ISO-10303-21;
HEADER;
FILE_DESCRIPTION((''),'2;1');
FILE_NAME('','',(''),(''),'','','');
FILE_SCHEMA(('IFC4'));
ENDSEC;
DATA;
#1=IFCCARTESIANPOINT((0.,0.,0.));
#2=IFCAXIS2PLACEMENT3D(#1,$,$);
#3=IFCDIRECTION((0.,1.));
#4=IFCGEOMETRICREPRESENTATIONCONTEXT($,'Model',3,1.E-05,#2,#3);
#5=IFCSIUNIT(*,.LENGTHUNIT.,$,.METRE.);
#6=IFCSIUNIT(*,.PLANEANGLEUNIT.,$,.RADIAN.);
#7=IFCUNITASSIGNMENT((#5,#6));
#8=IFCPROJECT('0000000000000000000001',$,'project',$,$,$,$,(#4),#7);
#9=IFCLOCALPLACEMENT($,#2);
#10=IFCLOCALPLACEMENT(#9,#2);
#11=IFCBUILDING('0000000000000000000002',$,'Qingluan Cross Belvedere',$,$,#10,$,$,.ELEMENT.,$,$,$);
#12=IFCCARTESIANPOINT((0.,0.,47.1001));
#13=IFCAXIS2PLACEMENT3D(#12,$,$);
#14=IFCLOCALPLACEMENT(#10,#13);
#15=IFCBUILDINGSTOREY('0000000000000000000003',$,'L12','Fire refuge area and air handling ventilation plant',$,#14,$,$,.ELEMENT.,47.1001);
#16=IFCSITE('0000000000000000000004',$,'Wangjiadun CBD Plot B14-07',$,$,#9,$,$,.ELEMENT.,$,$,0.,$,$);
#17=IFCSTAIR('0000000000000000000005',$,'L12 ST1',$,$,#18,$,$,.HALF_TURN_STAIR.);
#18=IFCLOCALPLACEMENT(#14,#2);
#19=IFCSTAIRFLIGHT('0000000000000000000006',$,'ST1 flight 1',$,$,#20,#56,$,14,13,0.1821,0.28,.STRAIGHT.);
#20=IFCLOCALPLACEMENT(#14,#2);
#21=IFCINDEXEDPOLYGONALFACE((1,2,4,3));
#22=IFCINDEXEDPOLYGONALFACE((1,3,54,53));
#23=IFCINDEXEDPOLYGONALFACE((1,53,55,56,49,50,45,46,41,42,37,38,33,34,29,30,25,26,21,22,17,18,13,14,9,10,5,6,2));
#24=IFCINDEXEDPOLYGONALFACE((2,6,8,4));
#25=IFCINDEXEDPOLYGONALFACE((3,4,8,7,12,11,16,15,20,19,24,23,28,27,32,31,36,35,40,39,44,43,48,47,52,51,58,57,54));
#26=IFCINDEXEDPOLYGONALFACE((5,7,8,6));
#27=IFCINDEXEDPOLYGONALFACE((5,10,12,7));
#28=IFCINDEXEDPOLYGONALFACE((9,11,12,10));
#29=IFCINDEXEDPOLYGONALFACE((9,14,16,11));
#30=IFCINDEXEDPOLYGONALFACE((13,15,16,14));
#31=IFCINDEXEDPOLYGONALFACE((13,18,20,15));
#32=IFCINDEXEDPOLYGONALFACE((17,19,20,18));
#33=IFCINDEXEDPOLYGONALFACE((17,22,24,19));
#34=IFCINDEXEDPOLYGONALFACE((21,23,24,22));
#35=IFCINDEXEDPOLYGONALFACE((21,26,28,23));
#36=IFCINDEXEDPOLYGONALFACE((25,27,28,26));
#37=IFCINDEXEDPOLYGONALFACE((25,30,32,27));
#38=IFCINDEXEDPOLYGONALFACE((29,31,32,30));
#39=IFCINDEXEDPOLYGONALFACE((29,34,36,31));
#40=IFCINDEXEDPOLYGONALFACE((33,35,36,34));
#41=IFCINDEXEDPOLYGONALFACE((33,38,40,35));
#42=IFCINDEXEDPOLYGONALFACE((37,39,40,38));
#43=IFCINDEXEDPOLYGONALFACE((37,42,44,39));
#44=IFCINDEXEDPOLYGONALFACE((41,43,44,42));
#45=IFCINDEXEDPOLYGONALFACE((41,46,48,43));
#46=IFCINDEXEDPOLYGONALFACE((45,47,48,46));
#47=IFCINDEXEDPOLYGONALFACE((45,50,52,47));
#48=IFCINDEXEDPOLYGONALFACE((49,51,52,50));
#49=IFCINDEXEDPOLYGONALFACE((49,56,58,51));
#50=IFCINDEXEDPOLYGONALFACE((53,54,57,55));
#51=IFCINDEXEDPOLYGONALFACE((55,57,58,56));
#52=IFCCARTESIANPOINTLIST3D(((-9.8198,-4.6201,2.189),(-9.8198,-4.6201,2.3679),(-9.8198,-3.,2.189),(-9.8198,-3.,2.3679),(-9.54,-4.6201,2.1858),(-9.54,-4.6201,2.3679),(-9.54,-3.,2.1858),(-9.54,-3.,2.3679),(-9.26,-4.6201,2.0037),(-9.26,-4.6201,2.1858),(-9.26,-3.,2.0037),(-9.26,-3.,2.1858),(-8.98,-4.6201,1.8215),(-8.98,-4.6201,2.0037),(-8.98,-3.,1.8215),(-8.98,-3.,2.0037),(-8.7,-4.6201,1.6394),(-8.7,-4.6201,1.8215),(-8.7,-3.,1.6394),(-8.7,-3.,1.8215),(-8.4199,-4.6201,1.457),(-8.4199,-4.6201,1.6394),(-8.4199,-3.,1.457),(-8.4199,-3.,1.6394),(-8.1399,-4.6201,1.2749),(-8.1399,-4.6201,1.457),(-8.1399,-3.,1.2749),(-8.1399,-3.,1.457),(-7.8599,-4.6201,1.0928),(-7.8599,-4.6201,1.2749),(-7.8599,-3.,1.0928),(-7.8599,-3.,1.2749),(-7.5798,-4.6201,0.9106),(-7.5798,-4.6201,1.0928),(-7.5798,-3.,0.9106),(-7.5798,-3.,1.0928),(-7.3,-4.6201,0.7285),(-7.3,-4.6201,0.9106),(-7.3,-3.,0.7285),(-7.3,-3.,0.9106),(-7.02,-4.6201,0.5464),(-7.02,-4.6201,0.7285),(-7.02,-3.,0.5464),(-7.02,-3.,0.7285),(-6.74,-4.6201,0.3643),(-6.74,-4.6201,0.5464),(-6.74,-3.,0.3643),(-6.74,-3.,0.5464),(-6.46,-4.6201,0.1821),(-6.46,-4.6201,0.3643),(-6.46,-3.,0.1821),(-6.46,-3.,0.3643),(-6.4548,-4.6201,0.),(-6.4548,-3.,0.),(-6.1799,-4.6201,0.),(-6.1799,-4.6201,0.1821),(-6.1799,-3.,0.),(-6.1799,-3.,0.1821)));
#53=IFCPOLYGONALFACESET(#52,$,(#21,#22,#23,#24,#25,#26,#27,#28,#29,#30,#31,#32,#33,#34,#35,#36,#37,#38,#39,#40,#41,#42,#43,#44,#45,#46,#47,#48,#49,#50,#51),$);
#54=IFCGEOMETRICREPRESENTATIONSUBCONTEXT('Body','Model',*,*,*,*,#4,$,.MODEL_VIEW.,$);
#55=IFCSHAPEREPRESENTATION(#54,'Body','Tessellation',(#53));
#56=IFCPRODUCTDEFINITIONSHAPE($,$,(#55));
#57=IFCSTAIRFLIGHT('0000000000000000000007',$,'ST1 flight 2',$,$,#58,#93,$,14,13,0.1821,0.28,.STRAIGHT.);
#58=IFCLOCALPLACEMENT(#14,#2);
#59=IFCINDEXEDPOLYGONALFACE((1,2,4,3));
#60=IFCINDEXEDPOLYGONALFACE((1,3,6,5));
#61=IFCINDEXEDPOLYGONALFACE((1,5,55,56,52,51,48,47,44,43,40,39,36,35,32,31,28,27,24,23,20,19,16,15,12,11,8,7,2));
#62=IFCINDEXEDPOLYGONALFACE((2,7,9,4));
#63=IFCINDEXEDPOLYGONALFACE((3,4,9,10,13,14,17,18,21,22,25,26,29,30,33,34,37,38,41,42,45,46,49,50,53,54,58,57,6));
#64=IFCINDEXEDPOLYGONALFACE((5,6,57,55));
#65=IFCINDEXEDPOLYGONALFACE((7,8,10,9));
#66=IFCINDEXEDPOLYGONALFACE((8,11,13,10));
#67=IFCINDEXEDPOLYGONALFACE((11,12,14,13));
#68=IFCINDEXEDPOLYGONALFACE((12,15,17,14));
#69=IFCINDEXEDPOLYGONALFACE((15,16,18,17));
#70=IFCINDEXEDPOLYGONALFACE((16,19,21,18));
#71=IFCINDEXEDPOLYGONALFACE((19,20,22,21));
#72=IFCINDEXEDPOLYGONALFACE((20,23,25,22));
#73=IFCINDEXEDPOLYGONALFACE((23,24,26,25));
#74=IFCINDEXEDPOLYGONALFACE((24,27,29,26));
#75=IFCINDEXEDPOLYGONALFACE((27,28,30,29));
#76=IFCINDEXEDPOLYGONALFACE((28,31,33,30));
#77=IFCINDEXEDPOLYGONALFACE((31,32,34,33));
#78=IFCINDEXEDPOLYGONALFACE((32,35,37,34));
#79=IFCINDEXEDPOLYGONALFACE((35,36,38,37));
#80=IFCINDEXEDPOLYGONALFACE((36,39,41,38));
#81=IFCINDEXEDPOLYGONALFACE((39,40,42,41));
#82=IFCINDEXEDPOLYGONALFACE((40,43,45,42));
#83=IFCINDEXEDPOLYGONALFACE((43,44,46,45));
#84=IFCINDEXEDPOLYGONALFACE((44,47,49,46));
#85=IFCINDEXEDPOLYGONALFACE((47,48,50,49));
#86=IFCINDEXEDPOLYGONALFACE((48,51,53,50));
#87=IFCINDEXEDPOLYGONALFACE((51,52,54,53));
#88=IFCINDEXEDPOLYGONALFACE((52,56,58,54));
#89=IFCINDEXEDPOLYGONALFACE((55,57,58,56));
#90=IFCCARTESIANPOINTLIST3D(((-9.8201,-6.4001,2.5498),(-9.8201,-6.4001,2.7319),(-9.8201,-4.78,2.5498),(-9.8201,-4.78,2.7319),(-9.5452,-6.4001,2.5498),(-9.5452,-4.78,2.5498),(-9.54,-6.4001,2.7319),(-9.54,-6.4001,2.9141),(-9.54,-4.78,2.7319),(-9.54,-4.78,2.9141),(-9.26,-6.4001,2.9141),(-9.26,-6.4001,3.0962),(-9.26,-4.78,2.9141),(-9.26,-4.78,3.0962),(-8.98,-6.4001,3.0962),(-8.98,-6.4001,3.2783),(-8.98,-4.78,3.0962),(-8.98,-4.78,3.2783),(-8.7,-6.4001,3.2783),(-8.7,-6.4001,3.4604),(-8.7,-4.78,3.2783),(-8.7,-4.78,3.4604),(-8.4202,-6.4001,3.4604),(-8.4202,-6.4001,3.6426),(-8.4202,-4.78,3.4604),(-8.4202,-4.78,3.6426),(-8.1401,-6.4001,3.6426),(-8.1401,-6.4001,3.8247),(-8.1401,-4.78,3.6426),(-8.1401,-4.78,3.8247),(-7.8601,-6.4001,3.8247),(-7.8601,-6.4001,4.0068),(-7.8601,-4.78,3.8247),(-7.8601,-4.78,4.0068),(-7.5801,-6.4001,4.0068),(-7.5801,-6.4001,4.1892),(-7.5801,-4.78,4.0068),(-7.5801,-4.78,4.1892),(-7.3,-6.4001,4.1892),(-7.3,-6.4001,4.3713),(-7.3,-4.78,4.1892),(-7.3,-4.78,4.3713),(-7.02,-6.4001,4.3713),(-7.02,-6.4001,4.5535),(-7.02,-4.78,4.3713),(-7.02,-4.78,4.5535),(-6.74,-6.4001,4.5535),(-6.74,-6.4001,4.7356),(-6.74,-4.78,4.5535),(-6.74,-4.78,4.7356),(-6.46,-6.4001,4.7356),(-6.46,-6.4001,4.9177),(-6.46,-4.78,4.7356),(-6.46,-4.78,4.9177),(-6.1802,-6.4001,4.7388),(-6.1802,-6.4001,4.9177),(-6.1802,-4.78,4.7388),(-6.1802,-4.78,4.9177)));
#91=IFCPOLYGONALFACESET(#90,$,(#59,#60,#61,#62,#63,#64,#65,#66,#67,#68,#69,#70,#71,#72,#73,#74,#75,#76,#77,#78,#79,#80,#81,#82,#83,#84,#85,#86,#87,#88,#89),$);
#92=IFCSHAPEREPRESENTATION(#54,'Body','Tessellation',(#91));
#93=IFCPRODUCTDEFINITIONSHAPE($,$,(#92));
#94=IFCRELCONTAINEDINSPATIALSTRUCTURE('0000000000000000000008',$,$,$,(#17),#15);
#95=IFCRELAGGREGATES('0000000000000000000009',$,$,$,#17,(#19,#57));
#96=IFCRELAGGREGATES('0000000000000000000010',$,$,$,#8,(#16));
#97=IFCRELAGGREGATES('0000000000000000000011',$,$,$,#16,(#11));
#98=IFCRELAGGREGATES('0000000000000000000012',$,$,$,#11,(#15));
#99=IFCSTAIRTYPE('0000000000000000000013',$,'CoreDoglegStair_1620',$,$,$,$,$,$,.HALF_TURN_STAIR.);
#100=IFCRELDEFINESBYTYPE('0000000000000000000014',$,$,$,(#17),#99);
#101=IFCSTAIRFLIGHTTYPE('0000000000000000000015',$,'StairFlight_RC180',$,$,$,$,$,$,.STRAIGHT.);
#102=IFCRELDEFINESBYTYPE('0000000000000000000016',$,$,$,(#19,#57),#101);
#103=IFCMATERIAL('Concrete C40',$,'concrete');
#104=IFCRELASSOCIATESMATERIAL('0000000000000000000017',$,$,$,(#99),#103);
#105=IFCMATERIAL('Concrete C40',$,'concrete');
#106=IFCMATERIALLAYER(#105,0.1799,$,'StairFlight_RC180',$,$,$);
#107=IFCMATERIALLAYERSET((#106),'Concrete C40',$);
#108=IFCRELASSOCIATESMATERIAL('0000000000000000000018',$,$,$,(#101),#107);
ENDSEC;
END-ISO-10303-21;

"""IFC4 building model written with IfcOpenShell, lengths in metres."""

from ifc_helpers import new_model, si_unit, direction, frame, origin, place, context, subcontext, project, spatial, polyline, outline, extrude, material, layer, layer_set, type_object, element, aggregate, save


model = new_model("IFC4")

# Units and contexts
model_context = context("Model", 3, precision=1e-05, world=origin(), true_north=direction((0.0, 1.0)))
body_context = subcontext(model_context, "Body", "Model", "MODEL_VIEW")
ifc_project = project(units=[si_unit("LENGTHUNIT", "METRE"), si_unit("PLANEANGLEUNIT", "RADIAN")], contexts=[model_context])

# Site, building, storey
site_placement = place(None, origin())
site = spatial("IfcSite", under=ifc_project, at=site_placement, Name="Wangjiadun CBD Plot B14-07", CompositionType="ELEMENT", RefElevation=0.0)
building_placement = place(site_placement, origin())
building = spatial("IfcBuilding", under=site, at=building_placement, Name="Qingluan Cross Belvedere", CompositionType="ELEMENT")
storey_placement = place(building_placement, frame((0.0, 0.0, 47.1001)))
storey = spatial("IfcBuildingStorey", under=building, at=storey_placement, Name="L12", Description="Fire refuge area and air handling ventilation plant", CompositionType="ELEMENT", Elevation=47.1001)

# Stair, stair flights
ifc_material_1 = material(Name="Concrete C40", Category="concrete")
stair_type = type_object("IfcStairType", Name="CoreDoglegStair_1620", PredefinedType="HALF_TURN_STAIR", material=ifc_material_1)
stair_placement = place(storey_placement, origin())
stair = element("IfcStair", 1, at=stair_placement, inside=storey, type_object=stair_type, Name="L12 ST1", PredefinedType="HALF_TURN_STAIR")
ifc_material_2 = material(Name="Concrete C40", Category="concrete")
ifc_layer_1 = layer(ifc_material_2, 0.1799, Name="StairFlight_RC180")
ifc_layer_set_1 = layer_set([ifc_layer_1], Name="Concrete C40")
stair_flight_type = type_object("IfcStairFlightType", Name="StairFlight_RC180", PredefinedType="STRAIGHT", material=ifc_layer_set_1)
stair_flight_1_placement = place(storey_placement, frame((-6.1799, -3.8101, 0.0), z_axis=(0.0, 0.0, 1.0), x_axis=(-1.0, 0.0, 0.0)))
stair_flight_1 = element("IfcStairFlight", 2, at=stair_flight_1_placement, type_object=stair_flight_type, Name="ST1 flight 1", NumberOfRisers=14, NumberOfTreads=13, PredefinedType="STRAIGHT", RiserHeight=0.1821, TreadLength=0.28, context=body_context, shape_type="SweptSolid", body=[
    extrude(outline(polyline([(0.0, 0.0), (0.0, 0.1821), (0.28, 0.1821), (0.28, 0.3643), (0.5601, 0.3643), (0.5601, 0.5464), (0.8401, 0.5464), (0.8401, 0.7285), (1.1201, 0.7285), (1.1201, 0.9106), (1.3999, 0.9106), (1.3999, 1.0928), (1.6799, 1.0928), (1.6799, 1.2749), (1.96, 1.2749), (1.96, 1.457), (2.24, 1.457), (2.24, 1.6394), (2.52, 1.6394), (2.52, 1.8215), (2.8, 1.8215), (2.8, 2.0037), (3.0801, 2.0037), (3.0801, 2.1858), (3.3601, 2.1858), (3.3601, 2.3679), (3.6399, 2.3679), (3.6399, 2.55), (3.6399, 2.189), (0.2749, 0.0), (0.0, 0.0)])), frame((0.0, 0.8101, 0.0), z_axis=(0.0, -1.0, 0.0), x_axis=(1.0, 0.0, 0.0)), (0.0, 0.0, 1.0), 1.6201),
])
stair_flight_2_placement = place(storey_placement, frame((-9.8201, -5.5901, 2.5498), z_axis=(0.0, 0.0, 1.0), x_axis=(1.0, 0.0, 0.0)))
stair_flight_2 = element("IfcStairFlight", 3, at=stair_flight_2_placement, type_object=stair_flight_type, Name="ST1 flight 2", NumberOfRisers=14, NumberOfTreads=13, PredefinedType="STRAIGHT", RiserHeight=0.1821, TreadLength=0.28, context=body_context, shape_type="SweptSolid", body=[
    extrude(outline(polyline([(0.0, 0.0), (0.0, 0.1821), (0.28, 0.1821), (0.28, 0.3643), (0.5601, 0.3643), (0.5601, 0.5464), (0.8401, 0.5464), (0.8401, 0.7285), (1.1201, 0.7285), (1.1201, 0.9106), (1.3999, 0.9106), (1.3999, 1.0928), (1.6799, 1.0928), (1.6799, 1.2749), (1.96, 1.2749), (1.96, 1.457), (2.24, 1.457), (2.24, 1.6394), (2.52, 1.6394), (2.52, 1.8215), (2.8, 1.8215), (2.8, 2.0037), (3.0801, 2.0037), (3.0801, 2.1858), (3.3601, 2.1858), (3.3601, 2.3679), (3.6399, 2.3679), (3.6399, 2.55), (3.6399, 2.189), (0.2749, 0.0), (0.0, 0.0)])), frame((0.0, 0.8101, 0.0), z_axis=(0.0, -1.0, 0.0), x_axis=(1.0, 0.0, 0.0)), (0.0, 0.0, 1.0), 1.6201),
])
aggregate(stair, [stair_flight_1, stair_flight_2])

save(model, "model.ifc")
